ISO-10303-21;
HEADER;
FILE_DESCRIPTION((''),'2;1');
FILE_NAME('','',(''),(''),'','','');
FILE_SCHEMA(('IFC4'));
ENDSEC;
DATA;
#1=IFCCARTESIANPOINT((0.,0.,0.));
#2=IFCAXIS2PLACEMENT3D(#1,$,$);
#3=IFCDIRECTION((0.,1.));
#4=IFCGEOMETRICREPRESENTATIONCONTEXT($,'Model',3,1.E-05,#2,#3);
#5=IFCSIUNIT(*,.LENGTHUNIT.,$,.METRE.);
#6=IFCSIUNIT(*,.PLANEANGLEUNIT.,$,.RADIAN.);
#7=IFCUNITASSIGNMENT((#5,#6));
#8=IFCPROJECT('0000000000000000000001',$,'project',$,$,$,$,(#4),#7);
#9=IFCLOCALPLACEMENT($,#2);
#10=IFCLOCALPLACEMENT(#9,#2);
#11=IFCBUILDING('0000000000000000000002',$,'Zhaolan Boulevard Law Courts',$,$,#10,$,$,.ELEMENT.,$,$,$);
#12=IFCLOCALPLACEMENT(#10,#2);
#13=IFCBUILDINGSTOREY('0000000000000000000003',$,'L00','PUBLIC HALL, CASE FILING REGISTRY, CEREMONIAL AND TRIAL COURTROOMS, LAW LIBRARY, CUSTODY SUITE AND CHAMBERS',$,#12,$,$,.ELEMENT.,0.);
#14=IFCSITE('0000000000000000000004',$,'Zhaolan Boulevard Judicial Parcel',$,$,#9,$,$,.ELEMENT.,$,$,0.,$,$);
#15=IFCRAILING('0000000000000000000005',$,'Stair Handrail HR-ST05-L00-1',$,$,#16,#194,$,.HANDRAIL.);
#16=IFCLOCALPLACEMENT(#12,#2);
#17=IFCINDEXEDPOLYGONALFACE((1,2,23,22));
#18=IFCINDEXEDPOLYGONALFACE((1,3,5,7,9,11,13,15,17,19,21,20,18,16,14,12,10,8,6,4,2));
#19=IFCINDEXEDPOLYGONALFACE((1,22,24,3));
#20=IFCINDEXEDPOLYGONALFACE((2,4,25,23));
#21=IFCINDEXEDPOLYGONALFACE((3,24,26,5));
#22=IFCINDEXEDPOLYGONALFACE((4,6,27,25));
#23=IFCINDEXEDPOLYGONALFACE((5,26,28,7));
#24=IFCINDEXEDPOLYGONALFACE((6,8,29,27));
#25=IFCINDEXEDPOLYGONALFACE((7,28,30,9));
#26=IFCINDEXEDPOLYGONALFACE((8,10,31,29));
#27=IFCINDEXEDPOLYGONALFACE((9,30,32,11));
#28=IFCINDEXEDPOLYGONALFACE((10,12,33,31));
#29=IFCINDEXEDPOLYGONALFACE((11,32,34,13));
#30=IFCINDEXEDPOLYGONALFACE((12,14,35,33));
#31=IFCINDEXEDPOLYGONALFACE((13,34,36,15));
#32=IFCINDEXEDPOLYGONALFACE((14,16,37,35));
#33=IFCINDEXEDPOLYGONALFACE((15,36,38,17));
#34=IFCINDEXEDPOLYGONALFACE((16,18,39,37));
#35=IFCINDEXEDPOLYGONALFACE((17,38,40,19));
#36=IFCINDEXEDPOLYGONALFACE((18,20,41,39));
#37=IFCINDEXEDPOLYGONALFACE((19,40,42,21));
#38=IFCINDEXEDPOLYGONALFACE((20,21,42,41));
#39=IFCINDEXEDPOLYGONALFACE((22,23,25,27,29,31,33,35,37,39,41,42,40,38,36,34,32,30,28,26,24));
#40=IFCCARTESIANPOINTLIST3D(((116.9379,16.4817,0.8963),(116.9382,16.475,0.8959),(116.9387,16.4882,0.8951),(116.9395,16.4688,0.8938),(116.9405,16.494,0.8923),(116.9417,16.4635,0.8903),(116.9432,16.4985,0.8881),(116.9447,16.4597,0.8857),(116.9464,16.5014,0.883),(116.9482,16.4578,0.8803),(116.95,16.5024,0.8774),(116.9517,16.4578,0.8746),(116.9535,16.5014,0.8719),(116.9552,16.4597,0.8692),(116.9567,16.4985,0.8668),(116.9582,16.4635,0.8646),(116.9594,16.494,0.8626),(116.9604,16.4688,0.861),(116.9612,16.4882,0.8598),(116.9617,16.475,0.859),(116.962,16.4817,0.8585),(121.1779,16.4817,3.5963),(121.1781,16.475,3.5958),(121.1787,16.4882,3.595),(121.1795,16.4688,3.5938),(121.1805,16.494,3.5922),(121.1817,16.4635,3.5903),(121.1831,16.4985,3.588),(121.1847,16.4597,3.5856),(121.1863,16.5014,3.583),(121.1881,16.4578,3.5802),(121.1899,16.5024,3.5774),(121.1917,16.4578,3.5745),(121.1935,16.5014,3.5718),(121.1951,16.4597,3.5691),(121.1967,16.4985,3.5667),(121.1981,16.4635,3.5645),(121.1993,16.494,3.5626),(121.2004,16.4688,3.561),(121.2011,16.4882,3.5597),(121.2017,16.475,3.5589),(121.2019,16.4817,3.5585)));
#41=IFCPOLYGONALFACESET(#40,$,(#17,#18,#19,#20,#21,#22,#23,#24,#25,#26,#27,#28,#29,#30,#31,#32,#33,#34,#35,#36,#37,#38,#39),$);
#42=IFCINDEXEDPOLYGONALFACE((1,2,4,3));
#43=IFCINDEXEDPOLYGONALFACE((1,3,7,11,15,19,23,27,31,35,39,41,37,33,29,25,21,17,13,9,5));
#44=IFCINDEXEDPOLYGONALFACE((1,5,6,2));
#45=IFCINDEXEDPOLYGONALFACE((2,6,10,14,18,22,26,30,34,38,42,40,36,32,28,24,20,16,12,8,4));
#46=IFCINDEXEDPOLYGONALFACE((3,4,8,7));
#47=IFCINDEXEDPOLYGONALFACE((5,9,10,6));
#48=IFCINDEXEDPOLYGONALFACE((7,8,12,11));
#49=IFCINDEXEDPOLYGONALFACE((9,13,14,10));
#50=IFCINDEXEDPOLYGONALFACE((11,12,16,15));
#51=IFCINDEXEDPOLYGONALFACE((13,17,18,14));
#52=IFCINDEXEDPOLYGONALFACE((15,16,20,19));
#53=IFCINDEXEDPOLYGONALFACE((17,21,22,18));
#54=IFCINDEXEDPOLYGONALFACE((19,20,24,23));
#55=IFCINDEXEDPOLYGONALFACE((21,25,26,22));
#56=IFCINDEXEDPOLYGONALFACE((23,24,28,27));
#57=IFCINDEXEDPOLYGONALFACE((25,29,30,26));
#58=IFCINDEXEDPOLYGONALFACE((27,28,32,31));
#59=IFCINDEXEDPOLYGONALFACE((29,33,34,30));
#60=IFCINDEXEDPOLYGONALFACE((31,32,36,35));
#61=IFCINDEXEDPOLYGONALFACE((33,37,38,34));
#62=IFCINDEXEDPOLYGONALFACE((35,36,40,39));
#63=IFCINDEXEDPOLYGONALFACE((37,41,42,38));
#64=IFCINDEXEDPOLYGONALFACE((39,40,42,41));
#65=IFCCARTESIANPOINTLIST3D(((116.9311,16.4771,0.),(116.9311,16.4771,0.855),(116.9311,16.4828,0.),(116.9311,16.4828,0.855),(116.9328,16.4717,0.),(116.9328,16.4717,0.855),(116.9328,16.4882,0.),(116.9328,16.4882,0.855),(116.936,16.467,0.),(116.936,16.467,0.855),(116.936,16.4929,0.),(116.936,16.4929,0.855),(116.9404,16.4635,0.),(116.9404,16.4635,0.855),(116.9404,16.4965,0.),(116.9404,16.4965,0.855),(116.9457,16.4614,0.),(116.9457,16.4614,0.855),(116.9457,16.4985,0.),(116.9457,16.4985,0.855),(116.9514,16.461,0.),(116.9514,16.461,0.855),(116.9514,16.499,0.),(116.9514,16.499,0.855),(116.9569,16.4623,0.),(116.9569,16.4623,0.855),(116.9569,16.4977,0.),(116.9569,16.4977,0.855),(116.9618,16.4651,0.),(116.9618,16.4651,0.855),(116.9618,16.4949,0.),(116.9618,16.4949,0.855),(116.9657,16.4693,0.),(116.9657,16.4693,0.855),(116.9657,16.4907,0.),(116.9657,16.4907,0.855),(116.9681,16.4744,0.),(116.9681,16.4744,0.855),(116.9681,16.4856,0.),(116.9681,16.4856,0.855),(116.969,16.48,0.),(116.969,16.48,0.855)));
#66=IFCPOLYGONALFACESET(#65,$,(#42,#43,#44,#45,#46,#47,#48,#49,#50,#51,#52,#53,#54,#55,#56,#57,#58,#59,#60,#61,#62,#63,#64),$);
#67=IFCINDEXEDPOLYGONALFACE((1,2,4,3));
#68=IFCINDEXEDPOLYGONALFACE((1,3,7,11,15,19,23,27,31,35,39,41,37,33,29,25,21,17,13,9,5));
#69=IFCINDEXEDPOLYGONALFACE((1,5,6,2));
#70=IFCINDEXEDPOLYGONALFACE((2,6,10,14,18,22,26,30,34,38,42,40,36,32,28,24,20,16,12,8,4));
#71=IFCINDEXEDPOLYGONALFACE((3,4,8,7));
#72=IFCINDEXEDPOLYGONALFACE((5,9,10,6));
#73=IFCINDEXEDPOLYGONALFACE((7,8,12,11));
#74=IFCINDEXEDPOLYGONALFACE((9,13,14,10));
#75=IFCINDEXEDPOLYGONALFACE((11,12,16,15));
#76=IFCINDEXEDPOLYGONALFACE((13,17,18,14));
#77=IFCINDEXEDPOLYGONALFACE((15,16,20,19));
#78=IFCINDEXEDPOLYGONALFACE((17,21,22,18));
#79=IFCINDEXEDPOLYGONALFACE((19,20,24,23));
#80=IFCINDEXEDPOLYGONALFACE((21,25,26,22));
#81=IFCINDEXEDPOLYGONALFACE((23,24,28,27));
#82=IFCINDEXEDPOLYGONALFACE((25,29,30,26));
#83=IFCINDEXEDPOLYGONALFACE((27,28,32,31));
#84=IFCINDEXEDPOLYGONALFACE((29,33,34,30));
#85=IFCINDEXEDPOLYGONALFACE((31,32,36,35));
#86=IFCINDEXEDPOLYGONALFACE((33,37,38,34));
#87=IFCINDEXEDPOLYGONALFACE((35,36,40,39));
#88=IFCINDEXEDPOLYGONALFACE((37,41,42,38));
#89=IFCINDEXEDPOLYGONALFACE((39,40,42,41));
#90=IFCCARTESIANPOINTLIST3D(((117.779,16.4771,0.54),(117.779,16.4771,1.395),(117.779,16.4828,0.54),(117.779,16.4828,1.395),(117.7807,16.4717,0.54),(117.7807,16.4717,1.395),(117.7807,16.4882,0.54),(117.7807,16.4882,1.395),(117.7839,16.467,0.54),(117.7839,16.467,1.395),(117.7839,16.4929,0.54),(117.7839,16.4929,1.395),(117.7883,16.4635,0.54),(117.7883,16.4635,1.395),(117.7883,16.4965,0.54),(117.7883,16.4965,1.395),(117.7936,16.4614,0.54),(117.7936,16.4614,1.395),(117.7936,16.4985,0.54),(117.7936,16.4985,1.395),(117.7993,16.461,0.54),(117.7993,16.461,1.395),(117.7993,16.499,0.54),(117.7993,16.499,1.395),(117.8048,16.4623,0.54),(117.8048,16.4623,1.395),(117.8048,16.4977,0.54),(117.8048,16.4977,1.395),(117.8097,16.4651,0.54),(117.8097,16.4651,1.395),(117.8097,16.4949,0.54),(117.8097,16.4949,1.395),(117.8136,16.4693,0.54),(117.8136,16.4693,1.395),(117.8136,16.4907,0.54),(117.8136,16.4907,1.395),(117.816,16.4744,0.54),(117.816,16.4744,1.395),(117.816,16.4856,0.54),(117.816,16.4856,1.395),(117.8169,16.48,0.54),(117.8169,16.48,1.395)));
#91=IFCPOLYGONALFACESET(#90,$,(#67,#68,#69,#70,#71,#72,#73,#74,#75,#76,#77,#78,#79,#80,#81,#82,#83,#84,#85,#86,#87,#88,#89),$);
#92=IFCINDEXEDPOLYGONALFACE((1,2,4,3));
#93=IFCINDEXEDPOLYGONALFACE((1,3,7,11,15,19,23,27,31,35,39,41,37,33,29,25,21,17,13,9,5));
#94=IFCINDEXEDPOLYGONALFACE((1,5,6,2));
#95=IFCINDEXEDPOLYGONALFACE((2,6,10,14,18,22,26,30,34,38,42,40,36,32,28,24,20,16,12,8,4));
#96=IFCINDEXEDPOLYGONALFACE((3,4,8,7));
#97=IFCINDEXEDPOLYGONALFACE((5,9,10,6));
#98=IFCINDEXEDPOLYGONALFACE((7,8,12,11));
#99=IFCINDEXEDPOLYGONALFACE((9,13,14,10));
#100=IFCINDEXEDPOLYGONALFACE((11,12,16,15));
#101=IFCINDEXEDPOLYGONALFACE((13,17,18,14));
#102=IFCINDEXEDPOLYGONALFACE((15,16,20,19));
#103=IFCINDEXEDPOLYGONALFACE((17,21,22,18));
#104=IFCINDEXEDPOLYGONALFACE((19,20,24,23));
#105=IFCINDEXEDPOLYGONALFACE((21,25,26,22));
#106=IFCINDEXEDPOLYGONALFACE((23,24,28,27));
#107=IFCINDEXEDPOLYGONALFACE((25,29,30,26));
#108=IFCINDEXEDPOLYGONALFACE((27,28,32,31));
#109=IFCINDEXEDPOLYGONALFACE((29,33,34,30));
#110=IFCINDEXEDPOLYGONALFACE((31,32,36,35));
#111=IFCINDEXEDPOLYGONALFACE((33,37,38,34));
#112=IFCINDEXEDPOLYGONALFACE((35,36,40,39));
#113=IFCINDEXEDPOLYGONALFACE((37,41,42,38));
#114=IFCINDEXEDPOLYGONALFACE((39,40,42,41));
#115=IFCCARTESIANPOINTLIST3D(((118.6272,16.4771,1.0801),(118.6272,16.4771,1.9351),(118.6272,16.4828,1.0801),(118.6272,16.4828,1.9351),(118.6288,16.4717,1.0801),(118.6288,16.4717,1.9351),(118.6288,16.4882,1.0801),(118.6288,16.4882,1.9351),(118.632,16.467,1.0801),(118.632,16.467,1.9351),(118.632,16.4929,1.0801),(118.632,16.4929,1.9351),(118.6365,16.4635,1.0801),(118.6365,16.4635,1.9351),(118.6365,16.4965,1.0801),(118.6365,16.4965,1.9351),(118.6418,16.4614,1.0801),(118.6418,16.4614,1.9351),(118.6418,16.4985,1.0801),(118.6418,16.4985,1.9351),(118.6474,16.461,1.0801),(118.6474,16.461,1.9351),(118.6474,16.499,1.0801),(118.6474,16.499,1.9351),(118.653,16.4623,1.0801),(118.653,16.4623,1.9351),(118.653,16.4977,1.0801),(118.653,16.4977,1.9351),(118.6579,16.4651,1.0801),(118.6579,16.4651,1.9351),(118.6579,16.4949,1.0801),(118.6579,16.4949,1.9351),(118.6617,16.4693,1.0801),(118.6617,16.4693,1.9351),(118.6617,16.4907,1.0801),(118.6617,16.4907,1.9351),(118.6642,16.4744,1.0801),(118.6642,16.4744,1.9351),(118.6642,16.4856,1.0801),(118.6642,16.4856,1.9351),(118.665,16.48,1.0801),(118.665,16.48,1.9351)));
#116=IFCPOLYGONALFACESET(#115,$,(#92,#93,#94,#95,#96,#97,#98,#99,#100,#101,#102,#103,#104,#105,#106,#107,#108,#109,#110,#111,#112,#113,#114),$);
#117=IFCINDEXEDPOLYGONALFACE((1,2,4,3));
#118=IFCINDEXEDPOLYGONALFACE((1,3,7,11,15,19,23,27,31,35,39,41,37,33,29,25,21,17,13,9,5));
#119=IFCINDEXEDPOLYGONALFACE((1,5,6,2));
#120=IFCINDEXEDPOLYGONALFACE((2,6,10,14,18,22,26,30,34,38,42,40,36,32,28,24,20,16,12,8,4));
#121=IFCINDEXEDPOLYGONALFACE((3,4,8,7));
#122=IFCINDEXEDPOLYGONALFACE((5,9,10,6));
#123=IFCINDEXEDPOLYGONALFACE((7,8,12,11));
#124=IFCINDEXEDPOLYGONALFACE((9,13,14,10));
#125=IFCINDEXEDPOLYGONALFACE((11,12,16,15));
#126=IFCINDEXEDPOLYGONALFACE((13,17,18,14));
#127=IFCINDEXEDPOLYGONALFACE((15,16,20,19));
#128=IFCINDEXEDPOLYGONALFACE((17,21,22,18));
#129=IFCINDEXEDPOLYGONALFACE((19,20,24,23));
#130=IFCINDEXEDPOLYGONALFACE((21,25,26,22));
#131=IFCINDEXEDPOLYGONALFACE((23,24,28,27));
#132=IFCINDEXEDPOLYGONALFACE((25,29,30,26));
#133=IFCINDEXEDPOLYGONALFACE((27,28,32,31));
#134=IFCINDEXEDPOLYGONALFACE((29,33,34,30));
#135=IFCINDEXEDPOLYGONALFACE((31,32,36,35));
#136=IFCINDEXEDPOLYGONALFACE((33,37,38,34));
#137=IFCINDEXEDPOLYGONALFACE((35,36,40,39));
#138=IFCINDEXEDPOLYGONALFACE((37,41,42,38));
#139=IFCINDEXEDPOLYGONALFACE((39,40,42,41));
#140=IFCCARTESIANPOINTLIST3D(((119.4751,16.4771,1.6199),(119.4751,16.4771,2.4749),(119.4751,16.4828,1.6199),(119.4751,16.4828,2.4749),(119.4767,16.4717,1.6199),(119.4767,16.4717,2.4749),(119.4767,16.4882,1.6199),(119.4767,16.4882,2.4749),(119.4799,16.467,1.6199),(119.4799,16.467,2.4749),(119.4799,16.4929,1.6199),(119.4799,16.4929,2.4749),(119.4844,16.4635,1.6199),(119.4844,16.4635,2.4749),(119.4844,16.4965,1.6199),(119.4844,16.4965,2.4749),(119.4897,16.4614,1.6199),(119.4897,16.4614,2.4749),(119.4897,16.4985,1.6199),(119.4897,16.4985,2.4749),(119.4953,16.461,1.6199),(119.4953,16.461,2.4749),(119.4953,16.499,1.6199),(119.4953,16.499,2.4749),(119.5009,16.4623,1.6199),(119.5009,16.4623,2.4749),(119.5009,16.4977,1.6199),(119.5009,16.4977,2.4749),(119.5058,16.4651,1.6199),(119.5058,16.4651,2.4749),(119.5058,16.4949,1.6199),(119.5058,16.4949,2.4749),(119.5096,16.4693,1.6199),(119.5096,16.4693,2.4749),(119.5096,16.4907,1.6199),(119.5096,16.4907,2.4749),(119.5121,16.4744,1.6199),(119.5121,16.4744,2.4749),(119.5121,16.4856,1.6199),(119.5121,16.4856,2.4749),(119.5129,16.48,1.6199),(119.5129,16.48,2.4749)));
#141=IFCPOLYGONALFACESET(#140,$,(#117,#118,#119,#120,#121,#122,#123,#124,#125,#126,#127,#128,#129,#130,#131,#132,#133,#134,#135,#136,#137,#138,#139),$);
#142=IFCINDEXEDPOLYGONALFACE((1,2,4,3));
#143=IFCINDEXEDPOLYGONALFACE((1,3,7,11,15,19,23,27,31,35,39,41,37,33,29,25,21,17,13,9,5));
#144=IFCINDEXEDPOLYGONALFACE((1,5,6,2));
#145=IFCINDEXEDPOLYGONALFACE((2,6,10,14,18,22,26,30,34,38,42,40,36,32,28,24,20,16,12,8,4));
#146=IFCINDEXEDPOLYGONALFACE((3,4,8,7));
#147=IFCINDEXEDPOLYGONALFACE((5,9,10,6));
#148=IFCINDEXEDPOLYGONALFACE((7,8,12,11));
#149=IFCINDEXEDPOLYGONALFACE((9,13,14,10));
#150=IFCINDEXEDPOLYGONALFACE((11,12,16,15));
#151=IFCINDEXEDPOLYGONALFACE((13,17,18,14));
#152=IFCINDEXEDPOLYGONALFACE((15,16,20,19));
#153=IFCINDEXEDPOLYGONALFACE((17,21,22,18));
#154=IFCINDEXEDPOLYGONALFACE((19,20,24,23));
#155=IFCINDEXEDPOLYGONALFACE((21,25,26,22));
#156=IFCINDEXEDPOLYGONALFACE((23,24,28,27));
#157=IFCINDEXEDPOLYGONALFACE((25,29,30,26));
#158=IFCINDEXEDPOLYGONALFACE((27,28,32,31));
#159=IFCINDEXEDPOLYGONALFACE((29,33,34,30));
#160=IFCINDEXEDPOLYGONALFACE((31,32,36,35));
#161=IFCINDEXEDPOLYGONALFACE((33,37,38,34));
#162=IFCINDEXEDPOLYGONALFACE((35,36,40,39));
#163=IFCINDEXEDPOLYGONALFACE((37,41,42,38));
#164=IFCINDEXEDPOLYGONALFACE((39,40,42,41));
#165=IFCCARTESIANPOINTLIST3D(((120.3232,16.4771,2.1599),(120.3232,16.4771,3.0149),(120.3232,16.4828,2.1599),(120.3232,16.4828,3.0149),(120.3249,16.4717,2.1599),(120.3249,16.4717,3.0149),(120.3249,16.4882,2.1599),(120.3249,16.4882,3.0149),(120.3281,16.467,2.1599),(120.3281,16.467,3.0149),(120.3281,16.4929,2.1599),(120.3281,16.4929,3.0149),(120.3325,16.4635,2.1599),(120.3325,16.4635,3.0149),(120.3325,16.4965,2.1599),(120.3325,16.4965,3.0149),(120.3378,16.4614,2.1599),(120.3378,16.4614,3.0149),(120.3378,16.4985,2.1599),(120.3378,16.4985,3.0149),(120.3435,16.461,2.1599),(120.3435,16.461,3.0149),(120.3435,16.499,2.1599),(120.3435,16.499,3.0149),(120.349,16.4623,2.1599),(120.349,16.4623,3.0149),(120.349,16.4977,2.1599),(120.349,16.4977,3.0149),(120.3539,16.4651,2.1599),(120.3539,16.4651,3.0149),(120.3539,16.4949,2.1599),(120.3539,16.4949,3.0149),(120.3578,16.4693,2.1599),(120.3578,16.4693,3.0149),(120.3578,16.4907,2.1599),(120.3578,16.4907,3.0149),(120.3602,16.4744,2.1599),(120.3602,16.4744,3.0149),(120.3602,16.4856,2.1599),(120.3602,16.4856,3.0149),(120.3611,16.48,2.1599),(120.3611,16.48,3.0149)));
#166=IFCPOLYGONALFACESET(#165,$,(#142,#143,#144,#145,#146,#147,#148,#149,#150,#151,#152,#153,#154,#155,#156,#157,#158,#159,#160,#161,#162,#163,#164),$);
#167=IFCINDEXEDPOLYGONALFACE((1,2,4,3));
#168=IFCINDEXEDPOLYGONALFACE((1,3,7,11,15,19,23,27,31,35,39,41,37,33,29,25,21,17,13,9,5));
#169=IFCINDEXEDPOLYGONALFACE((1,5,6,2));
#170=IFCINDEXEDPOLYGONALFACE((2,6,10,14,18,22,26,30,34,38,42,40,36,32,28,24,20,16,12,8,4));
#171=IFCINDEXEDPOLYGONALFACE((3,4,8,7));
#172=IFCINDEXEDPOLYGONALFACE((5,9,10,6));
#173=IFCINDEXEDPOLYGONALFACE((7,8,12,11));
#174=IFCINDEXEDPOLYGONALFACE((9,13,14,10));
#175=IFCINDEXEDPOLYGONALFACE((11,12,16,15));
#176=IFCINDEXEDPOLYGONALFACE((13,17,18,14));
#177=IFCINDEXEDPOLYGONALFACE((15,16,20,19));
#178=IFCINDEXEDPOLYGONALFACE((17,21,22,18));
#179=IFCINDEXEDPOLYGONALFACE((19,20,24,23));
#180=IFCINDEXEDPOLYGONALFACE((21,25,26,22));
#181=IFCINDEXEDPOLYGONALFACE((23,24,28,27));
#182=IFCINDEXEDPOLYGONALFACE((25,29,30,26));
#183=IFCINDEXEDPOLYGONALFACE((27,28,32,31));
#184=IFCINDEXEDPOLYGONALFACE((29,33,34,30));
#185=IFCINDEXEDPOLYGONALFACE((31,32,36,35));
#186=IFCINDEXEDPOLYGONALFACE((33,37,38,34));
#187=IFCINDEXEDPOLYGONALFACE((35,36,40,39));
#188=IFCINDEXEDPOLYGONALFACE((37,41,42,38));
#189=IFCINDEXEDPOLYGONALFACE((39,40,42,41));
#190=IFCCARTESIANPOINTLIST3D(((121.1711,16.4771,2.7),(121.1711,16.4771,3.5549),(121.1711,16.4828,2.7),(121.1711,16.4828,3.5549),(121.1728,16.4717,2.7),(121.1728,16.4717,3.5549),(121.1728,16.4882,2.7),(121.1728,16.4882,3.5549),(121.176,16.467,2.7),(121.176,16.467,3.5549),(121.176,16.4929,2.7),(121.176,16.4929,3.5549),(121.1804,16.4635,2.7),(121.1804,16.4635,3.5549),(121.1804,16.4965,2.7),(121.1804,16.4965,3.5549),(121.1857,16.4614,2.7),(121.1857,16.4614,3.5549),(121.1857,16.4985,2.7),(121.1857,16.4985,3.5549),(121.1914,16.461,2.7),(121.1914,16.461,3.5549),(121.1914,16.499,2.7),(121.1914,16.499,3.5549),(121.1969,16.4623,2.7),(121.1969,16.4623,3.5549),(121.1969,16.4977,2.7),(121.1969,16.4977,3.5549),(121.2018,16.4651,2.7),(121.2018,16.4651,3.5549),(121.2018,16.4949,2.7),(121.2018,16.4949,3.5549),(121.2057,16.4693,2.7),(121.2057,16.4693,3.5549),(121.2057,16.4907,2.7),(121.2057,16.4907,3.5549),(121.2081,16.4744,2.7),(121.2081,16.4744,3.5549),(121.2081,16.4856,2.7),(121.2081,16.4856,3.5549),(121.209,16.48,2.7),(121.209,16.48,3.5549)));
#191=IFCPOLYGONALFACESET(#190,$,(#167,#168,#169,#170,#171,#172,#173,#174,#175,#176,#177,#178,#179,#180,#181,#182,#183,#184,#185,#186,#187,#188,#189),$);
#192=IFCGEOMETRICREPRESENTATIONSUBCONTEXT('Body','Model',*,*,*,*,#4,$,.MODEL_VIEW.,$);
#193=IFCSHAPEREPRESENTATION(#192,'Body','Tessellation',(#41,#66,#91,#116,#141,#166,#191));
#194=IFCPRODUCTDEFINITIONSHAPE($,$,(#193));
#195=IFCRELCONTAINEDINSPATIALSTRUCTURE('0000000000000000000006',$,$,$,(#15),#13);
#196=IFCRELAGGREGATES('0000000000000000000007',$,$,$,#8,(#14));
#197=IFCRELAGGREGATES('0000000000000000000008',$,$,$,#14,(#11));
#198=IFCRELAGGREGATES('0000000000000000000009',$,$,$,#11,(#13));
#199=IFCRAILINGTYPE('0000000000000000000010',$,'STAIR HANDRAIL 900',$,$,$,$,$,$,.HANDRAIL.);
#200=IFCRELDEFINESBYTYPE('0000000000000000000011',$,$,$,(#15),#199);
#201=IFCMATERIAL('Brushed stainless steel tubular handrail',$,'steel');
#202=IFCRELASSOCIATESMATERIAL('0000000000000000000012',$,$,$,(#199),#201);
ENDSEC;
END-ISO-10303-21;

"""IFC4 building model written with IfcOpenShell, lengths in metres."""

from ifc_helpers import new_model, si_unit, direction, frame, origin, origin_2d, place, context, subcontext, project, spatial, circle, extrude, material, type_object, element, save


model = new_model("IFC4")

# Units and contexts
model_context = context("Model", 3, precision=1e-05, world=origin(), true_north=direction((0.0, 1.0)))
body_context = subcontext(model_context, "Body", "Model", "MODEL_VIEW")
ifc_project = project(units=[si_unit("LENGTHUNIT", "METRE"), si_unit("PLANEANGLEUNIT", "RADIAN")], contexts=[model_context])

# Site, building, storey
site_placement = place(None, origin())
site = spatial("IfcSite", under=ifc_project, at=site_placement, Name="Zhaolan Boulevard Judicial Parcel", CompositionType="ELEMENT", RefElevation=0.0)
building_placement = place(site_placement, origin())
building = spatial("IfcBuilding", under=site, at=building_placement, Name="Zhaolan Boulevard Law Courts", CompositionType="ELEMENT")
storey_placement = place(building_placement, origin())
storey = spatial("IfcBuildingStorey", under=building, at=storey_placement, Name="L00", Description="PUBLIC HALL, CASE FILING REGISTRY, CEREMONIAL AND TRIAL COURTROOMS, LAW LIBRARY, CUSTODY SUITE AND CHAMBERS", CompositionType="ELEMENT", Elevation=0.0)

# Railing
ifc_material_1 = material(Name="Brushed stainless steel tubular handrail", Category="steel")
railing_type_1 = type_object("IfcRailingType", Name="STAIR HANDRAIL 900", PredefinedType="HANDRAIL", material=ifc_material_1)
railing_1_placement = place(storey_placement, frame((116.95, 16.48, 0.0)))
element("IfcRailing", 1, at=railing_1_placement, inside=storey, type_object=railing_type_1, Name="Stair Handrail HR-ST05-L00-1", PredefinedType="HANDRAIL", context=body_context, shape_type="SweptSolid", body=[
    extrude(circle(Radius=0.0225, at=origin_2d()), frame((0.0, 0.0, 0.8774), z_axis=(0.843501, 0.0, 0.537127), x_axis=(0.0, 1.0, 0.0)), (0.0, 0.0, 1.0), 5.0266),
    extrude(circle(Radius=0.019, at=origin_2d()), origin(), (0.0, 0.0, 1.0), 0.855),
    extrude(circle(Radius=0.019, at=origin_2d()), frame((0.8479, 0.0, 0.54)), (0.0, 0.0, 1.0), 0.855),
    extrude(circle(Radius=0.019, at=origin_2d()), frame((1.696, 0.0, 1.0801)), (0.0, 0.0, 1.0), 0.855),
    extrude(circle(Radius=0.019, at=origin_2d()), frame((2.5439, 0.0, 1.6199)), (0.0, 0.0, 1.0), 0.855),
    extrude(circle(Radius=0.019, at=origin_2d()), frame((3.3921, 0.0, 2.1599)), (0.0, 0.0, 1.0), 0.855),
    extrude(circle(Radius=0.019, at=origin_2d()), frame((4.24, 0.0, 2.7)), (0.0, 0.0, 1.0), 0.855),
])

save(model, "model.ifc")
